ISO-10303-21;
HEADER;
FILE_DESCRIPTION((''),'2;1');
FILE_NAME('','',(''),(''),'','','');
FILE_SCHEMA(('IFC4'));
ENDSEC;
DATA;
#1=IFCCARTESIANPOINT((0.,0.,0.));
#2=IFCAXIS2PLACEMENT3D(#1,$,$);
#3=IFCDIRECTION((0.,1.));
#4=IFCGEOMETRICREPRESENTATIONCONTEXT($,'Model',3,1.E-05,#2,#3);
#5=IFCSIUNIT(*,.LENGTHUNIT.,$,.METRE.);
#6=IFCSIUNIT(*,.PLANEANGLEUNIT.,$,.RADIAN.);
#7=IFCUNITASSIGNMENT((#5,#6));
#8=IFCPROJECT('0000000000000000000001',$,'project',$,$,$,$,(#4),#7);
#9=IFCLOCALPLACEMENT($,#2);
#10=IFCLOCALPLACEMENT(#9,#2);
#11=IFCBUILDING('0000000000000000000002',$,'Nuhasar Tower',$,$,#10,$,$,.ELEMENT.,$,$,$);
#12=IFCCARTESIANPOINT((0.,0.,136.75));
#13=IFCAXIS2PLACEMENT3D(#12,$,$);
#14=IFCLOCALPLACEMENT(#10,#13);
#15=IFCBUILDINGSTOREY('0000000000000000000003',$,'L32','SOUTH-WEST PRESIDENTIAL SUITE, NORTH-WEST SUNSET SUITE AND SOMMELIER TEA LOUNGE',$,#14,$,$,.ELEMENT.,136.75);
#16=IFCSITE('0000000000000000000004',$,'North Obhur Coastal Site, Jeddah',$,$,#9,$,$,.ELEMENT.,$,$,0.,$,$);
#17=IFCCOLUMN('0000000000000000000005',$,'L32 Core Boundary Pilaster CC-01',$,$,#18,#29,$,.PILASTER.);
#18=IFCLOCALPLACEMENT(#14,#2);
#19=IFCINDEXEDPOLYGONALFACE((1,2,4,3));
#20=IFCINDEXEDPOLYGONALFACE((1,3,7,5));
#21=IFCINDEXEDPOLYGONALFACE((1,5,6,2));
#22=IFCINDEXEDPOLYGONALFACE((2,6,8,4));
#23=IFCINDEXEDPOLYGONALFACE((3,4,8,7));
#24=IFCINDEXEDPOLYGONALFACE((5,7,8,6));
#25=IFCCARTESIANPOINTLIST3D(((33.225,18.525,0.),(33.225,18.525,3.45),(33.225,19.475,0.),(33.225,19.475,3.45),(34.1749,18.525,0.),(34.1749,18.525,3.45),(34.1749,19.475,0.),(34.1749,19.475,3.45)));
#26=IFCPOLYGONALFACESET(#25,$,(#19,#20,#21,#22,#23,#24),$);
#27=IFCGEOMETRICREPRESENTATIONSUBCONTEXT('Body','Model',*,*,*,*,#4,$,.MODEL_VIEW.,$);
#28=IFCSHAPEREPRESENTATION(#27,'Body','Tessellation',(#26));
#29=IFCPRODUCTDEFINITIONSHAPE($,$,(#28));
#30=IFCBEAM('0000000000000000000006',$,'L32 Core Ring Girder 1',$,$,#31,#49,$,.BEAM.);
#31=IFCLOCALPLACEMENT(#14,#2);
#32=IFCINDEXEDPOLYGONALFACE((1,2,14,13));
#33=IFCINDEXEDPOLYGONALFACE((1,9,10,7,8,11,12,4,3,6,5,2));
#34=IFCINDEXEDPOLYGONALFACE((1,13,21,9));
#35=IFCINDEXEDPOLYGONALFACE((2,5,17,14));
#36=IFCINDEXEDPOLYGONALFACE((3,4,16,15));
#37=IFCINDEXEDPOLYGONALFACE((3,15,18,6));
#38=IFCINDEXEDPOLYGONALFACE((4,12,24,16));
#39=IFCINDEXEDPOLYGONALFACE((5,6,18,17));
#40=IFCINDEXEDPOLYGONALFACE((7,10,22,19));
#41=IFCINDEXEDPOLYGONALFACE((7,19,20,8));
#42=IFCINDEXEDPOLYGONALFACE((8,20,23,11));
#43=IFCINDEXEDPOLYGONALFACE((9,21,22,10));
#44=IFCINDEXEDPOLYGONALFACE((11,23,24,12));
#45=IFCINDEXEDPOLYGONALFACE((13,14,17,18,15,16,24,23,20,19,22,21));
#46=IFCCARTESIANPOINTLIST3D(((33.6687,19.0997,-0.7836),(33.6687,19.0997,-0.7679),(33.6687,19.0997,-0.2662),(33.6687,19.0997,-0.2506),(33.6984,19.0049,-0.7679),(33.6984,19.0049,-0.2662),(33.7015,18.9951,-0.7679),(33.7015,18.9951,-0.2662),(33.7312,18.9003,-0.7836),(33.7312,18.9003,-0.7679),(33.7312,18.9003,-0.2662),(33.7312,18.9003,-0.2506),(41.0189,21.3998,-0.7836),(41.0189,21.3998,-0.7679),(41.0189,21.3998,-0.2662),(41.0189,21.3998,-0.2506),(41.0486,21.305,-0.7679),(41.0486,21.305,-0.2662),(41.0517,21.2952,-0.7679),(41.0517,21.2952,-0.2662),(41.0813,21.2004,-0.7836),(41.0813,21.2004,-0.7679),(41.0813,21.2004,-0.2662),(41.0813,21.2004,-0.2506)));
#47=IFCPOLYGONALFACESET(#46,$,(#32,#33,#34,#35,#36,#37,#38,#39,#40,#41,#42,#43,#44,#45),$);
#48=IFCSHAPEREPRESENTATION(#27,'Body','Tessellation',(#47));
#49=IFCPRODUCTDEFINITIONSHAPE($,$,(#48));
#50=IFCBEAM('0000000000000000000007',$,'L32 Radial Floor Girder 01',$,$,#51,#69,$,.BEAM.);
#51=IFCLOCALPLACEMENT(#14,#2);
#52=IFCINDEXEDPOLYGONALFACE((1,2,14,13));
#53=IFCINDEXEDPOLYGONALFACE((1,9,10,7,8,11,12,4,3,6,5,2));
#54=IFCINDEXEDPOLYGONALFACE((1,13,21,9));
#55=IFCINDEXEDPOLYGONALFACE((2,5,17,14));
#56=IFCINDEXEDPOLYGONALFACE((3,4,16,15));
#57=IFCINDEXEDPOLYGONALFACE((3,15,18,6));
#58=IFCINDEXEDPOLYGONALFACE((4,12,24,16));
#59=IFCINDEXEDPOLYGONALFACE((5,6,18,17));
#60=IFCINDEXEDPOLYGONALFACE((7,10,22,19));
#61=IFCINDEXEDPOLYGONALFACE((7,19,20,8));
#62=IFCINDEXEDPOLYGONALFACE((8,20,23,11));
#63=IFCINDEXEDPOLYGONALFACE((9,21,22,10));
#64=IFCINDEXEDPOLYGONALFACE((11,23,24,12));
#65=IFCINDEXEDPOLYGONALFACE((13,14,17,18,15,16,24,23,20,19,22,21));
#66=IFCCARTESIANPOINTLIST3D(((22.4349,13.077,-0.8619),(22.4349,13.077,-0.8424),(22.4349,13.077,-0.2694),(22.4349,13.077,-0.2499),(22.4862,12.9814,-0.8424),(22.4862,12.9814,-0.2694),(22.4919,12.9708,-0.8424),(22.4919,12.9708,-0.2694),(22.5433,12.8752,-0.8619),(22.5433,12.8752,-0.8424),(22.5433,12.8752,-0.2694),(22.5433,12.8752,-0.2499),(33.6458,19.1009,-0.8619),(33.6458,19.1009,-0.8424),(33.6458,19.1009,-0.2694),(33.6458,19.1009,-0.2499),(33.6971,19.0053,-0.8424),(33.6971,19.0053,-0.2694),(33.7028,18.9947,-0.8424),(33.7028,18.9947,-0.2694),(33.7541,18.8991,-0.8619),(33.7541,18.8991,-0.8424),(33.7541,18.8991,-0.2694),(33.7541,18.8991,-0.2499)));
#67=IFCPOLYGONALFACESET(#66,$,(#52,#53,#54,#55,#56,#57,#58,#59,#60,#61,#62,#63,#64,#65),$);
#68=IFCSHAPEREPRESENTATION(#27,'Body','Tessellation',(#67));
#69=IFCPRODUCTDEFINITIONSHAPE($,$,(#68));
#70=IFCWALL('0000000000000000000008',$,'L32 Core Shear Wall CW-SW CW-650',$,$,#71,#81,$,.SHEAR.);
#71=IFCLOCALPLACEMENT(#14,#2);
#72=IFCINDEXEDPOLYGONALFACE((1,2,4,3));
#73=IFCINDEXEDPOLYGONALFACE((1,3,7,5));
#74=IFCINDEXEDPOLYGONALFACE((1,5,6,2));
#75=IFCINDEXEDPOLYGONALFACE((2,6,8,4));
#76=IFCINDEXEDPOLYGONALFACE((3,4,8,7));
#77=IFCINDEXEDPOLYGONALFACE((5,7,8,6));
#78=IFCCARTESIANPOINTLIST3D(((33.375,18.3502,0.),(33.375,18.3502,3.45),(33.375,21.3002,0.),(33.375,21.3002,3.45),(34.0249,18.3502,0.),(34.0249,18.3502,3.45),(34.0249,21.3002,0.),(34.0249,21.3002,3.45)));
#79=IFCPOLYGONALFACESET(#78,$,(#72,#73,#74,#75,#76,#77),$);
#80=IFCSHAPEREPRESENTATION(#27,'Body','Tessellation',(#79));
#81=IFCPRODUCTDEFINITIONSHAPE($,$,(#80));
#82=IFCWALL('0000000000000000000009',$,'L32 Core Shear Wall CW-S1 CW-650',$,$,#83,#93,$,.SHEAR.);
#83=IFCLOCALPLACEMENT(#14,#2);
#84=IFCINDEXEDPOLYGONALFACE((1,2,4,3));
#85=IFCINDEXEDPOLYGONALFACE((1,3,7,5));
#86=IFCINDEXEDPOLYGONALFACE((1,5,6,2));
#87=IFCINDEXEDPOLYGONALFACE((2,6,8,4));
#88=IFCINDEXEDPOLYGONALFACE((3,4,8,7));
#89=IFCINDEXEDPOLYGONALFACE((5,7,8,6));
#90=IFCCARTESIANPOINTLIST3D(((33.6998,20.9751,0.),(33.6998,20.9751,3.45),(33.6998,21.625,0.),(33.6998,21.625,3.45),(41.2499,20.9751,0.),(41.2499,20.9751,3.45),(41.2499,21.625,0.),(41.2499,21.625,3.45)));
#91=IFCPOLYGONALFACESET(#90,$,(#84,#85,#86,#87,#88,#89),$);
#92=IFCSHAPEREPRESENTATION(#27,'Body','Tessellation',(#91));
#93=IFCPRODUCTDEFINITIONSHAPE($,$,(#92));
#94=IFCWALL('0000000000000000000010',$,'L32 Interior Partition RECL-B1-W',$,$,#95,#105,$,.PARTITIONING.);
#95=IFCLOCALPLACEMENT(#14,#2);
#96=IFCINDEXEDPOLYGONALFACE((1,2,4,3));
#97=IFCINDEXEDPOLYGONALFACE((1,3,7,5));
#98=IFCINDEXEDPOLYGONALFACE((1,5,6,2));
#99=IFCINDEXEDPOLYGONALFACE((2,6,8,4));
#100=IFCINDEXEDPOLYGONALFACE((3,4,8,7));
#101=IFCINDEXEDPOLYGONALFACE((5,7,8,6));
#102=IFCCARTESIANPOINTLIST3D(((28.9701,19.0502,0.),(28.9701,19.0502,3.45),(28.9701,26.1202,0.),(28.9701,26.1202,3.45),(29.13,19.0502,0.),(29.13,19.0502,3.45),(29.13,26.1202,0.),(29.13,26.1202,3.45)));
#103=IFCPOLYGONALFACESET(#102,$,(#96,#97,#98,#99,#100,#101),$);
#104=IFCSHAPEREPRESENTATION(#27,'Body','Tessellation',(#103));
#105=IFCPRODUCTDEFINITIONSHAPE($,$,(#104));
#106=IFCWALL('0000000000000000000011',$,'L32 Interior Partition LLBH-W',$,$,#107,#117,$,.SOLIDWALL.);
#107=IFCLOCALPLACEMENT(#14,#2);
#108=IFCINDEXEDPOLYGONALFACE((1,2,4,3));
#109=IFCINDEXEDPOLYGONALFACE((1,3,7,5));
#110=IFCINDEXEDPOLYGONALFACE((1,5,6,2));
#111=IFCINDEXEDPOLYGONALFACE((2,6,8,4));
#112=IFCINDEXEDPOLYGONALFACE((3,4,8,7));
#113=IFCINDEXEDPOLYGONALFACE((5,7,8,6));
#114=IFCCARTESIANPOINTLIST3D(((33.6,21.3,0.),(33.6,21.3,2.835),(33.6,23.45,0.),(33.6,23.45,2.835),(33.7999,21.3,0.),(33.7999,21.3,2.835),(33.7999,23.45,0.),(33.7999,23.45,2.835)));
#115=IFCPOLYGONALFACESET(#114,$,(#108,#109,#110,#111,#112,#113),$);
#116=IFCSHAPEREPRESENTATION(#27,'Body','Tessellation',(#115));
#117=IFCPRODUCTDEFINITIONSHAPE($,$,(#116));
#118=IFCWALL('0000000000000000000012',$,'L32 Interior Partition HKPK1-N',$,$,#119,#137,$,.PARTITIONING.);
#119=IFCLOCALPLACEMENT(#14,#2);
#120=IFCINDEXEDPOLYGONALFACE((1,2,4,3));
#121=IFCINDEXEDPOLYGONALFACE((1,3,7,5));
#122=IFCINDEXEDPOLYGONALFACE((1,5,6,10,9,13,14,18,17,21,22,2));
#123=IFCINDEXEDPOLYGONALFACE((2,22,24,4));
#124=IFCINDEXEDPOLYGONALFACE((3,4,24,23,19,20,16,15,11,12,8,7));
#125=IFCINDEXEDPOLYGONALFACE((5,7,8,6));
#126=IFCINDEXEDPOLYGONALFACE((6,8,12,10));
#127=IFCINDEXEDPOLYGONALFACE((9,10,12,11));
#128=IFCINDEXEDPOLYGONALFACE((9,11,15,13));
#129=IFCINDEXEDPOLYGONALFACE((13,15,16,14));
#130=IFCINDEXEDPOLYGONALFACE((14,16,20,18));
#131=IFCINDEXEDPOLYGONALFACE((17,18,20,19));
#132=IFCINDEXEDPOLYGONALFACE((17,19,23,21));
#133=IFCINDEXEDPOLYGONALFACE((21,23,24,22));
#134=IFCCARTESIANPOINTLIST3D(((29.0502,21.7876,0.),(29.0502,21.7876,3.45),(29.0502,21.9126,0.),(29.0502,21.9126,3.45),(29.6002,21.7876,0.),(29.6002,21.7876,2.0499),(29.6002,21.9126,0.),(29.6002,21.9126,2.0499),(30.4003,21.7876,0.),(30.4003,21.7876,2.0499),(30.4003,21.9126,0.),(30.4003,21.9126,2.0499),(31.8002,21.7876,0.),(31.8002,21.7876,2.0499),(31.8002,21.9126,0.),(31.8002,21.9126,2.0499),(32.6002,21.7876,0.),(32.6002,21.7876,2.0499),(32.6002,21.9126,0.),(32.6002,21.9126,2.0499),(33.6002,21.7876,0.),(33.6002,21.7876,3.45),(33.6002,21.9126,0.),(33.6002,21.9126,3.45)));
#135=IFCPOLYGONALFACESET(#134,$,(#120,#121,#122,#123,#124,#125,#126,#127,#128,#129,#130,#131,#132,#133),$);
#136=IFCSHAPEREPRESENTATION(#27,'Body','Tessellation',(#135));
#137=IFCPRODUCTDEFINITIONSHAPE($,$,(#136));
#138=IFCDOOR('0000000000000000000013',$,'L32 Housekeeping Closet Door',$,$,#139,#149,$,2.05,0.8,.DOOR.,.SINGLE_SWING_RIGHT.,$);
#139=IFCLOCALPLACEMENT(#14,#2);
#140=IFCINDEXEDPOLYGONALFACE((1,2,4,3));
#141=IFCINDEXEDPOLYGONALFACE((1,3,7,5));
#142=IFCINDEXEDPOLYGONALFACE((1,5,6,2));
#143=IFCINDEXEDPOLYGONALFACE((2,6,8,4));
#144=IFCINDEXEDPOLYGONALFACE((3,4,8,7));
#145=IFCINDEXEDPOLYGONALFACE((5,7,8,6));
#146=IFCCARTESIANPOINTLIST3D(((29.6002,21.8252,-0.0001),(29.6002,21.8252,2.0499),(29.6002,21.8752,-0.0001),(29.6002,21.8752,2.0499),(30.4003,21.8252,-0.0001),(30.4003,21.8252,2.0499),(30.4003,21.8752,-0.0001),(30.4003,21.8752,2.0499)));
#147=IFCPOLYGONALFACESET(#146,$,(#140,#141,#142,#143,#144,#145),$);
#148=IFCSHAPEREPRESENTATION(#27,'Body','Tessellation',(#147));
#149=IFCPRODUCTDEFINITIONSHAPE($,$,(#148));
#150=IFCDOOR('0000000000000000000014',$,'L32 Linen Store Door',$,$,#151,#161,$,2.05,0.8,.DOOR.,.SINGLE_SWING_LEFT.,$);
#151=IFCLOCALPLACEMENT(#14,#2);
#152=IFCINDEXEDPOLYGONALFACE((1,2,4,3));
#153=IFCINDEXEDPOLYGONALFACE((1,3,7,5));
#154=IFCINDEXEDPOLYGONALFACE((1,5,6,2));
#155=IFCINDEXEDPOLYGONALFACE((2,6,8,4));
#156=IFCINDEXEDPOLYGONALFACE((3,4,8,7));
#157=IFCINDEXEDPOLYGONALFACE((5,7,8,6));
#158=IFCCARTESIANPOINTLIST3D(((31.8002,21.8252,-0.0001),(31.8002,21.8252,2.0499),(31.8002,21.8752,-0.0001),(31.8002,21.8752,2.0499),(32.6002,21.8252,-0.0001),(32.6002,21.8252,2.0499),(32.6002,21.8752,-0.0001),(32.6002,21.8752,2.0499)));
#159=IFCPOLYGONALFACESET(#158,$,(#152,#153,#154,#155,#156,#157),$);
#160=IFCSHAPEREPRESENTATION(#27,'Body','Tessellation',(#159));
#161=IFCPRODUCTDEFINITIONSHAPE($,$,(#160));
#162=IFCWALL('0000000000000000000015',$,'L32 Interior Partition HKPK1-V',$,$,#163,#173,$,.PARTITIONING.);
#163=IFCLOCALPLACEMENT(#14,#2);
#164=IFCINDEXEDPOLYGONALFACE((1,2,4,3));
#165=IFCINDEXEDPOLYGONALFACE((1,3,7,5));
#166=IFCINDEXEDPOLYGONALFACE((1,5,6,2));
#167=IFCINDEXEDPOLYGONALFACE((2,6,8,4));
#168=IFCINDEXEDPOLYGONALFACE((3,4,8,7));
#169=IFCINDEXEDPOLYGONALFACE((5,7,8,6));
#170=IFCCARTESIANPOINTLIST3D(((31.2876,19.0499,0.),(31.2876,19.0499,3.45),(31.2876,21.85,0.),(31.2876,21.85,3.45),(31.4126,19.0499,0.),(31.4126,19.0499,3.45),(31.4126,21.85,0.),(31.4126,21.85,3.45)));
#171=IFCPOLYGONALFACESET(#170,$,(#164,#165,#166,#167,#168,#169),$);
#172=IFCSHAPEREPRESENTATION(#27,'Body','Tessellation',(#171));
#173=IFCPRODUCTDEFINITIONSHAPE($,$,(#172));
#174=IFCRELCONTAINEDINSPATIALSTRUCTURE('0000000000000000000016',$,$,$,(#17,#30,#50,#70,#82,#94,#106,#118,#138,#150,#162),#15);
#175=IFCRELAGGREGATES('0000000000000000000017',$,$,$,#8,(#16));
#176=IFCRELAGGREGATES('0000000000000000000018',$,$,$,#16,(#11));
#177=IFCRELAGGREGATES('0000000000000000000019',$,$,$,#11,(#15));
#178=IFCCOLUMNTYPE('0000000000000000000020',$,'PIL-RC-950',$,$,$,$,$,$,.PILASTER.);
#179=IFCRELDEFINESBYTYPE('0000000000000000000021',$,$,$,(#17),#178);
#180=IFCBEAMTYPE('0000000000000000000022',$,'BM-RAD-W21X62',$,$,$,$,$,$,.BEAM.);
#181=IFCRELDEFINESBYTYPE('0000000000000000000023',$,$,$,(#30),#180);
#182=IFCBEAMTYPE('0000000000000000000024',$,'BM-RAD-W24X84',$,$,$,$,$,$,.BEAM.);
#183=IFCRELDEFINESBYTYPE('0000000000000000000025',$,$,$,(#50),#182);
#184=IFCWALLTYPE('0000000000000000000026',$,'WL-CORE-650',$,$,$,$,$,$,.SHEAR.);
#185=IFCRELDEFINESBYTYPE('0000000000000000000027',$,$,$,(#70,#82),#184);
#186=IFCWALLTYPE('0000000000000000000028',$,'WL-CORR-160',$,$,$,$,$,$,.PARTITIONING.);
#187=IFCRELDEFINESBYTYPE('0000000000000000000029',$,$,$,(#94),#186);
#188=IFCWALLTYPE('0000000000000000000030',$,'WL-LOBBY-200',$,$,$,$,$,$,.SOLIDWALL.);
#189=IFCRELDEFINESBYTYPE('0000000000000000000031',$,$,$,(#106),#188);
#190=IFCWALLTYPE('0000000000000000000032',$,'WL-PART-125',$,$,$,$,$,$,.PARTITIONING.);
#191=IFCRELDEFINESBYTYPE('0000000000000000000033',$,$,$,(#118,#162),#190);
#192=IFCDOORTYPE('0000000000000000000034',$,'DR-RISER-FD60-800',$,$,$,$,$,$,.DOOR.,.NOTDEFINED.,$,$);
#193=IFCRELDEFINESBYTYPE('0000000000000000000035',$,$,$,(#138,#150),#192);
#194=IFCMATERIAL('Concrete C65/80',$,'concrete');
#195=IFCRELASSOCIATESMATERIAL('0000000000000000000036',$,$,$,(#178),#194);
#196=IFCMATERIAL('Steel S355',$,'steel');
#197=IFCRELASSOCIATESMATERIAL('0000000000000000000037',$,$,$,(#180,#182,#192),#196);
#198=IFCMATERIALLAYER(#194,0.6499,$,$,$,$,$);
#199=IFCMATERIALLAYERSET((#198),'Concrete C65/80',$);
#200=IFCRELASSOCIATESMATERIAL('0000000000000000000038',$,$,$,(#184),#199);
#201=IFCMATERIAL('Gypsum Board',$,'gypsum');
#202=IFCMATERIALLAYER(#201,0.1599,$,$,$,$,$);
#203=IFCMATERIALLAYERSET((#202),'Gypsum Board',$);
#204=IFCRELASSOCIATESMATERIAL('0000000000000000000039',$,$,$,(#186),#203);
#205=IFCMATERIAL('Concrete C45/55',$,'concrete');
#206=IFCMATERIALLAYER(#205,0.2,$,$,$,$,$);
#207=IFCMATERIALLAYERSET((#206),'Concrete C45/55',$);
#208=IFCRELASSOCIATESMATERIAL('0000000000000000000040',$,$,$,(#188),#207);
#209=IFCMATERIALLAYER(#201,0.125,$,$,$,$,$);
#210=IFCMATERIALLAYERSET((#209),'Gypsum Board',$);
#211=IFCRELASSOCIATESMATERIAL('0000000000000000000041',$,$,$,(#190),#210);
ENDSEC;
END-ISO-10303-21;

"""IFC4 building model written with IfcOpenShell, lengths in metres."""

from ifc_helpers import new_model, si_unit, direction, frame, frame_2d, origin, origin_2d, place, context, subcontext, project, spatial, rectangle, i_section, extrude, material, layer, layer_set, material_profile, profile_set, type_object, element, fill, save


model = new_model("IFC4")

# Units and contexts
model_context = context("Model", 3, precision=1e-05, world=origin(), true_north=direction((0.0, 1.0)))
body_context = subcontext(model_context, "Body", "Model", "MODEL_VIEW")
ifc_project = project(units=[si_unit("LENGTHUNIT", "METRE"), si_unit("PLANEANGLEUNIT", "RADIAN")], contexts=[model_context])

# Site, building, storey
site_placement = place(None, origin())
site = spatial("IfcSite", under=ifc_project, at=site_placement, Name="North Obhur Coastal Site, Jeddah", CompositionType="ELEMENT", RefElevation=0.0)
building_placement = place(site_placement, origin())
building = spatial("IfcBuilding", under=site, at=building_placement, Name="Nuhasar Tower", CompositionType="ELEMENT")
storey_placement = place(building_placement, frame((0.0, 0.0, 136.75)))
storey = spatial("IfcBuildingStorey", under=building, at=storey_placement, Name="L32", Description="SOUTH-WEST PRESIDENTIAL SUITE, NORTH-WEST SUNSET SUITE AND SOMMELIER TEA LOUNGE", CompositionType="ELEMENT", Elevation=136.75)

# Column
ifc_material_1 = material(Name="Concrete C65/80", Category="concrete")
ifc_material_profile_1 = material_profile(ifc_material_1, rectangle(XDim=0.95, YDim=0.95, at=origin_2d()), Name="RC950X950")
ifc_profile_set_1 = profile_set([ifc_material_profile_1], Name="Concrete C65/80")
column_type = type_object("IfcColumnType", Name="PIL-RC-950", PredefinedType="PILASTER", material=ifc_profile_set_1)
column_placement = place(storey_placement, frame((33.7, 19.0, 0.0), z_axis=(0.0, 0.0, 1.0), x_axis=(1.0, 0.0, 0.0)))
element("IfcColumn", 1, at=column_placement, inside=storey, type_object=column_type, Name="L32 Core Boundary Pilaster CC-01", PredefinedType="PILASTER", context=body_context, shape_type="SweptSolid", body=[
    extrude(rectangle(XDim=0.95, YDim=0.95, at=origin_2d()), origin(), (0.0, 0.0, 1.0), 3.45),
])

# Beams
ifc_material_2 = material(Name="Steel S355", Category="steel")
ifc_material_profile_2 = material_profile(ifc_material_2, i_section(OverallWidth=0.209, OverallDepth=0.533, WebThickness=0.0103, FlangeThickness=0.0156, at=origin_2d()), Name="W21X62")
ifc_profile_set_2 = profile_set([ifc_material_profile_2], Name="Steel S355")
beam_type_1 = type_object("IfcBeamType", Name="BM-RAD-W21X62", PredefinedType="BEAM", material=ifc_profile_set_2)
beam_1_placement = place(storey_placement, frame((33.7, 19.0, -0.5171), z_axis=(0.954364, 0.298647, 0.0), x_axis=(-0.298647, 0.954364, 0.0)))
element("IfcBeam", 2, at=beam_1_placement, inside=storey, type_object=beam_type_1, Name="L32 Core Ring Girder 1", PredefinedType="BEAM", context=body_context, shape_type="SweptSolid", body=[
    extrude(i_section(OverallWidth=0.209, OverallDepth=0.533, WebThickness=0.0103, FlangeThickness=0.0156, at=origin_2d()), origin(), (0.0, 0.0, 1.0), 7.7017),
])
ifc_material_profile_3 = material_profile(ifc_material_2, i_section(OverallWidth=0.229, OverallDepth=0.6121, WebThickness=0.012, FlangeThickness=0.0195, at=origin_2d()), Name="W24X84")
ifc_profile_set_3 = profile_set([ifc_material_profile_3], Name="Steel S355")
beam_type_2 = type_object("IfcBeamType", Name="BM-RAD-W24X84", PredefinedType="BEAM", material=ifc_profile_set_3)
beam_2_placement = place(storey_placement, frame((33.7, 19.0, -0.5559), z_axis=(-0.880888, -0.473324, 0.0), x_axis=(0.473324, -0.880888, 0.0)))
element("IfcBeam", 3, at=beam_2_placement, inside=storey, type_object=beam_type_2, Name="L32 Radial Floor Girder 01", PredefinedType="BEAM", context=body_context, shape_type="SweptSolid", body=[
    extrude(i_section(OverallWidth=0.229, OverallDepth=0.6121, WebThickness=0.012, FlangeThickness=0.0195, at=origin_2d()), origin(), (0.0, 0.0, 1.0), 12.7268),
])

# Walls
ifc_layer_1 = layer(ifc_material_1, 0.6499)
ifc_layer_set_1 = layer_set([ifc_layer_1], Name="Concrete C65/80")
wall_type_1 = type_object("IfcWallType", Name="WL-CORE-650", PredefinedType="SHEAR", material=ifc_layer_set_1)
wall_1_placement = place(storey_placement, frame((33.7, 18.3501, 0.0), z_axis=(0.0, 0.0, 1.0), x_axis=(0.0, 1.0, 0.0)))
element("IfcWall", 4, at=wall_1_placement, inside=storey, type_object=wall_type_1, Name="L32 Core Shear Wall CW-SW CW-650", PredefinedType="SHEAR", context=body_context, shape_type="SweptSolid", body=[
    extrude(rectangle(XDim=2.95, YDim=0.6499, at=frame_2d((1.4751, 0.0))), origin(), (0.0, 0.0, 1.0), 3.45),
])
wall_2_placement = place(storey_placement, frame((33.7, 21.3, 0.0), z_axis=(0.0, 0.0, 1.0), x_axis=(1.0, 0.0, 0.0)))
element("IfcWall", 5, at=wall_2_placement, inside=storey, type_object=wall_type_1, Name="L32 Core Shear Wall CW-S1 CW-650", PredefinedType="SHEAR", context=body_context, shape_type="SweptSolid", body=[
    extrude(rectangle(XDim=7.55, YDim=0.6499, at=frame_2d((3.7749, 0.0))), origin(), (0.0, 0.0, 1.0), 3.45),
])
ifc_material_3 = material(Name="Gypsum Board", Category="gypsum")
ifc_layer_2 = layer(ifc_material_3, 0.1599)
ifc_layer_set_2 = layer_set([ifc_layer_2], Name="Gypsum Board")
wall_type_2 = type_object("IfcWallType", Name="WL-CORR-160", PredefinedType="PARTITIONING", material=ifc_layer_set_2)
wall_3_placement = place(storey_placement, frame((29.05, 19.05, 0.0), z_axis=(0.0, 0.0, 1.0), x_axis=(0.0, 1.0, 0.0)))
element("IfcWall", 6, at=wall_3_placement, inside=storey, type_object=wall_type_2, Name="L32 Interior Partition RECL-B1-W", PredefinedType="PARTITIONING", context=body_context, shape_type="SweptSolid", body=[
    extrude(rectangle(XDim=7.0701, YDim=0.1599, at=frame_2d((3.5352, 0.0))), origin(), (0.0, 0.0, 1.0), 3.45),
])

# Wall
ifc_material_4 = material(Name="Concrete C45/55", Category="concrete")
ifc_layer_3 = layer(ifc_material_4, 0.2)
ifc_layer_set_3 = layer_set([ifc_layer_3], Name="Concrete C45/55")
wall_type_3 = type_object("IfcWallType", Name="WL-LOBBY-200", PredefinedType="SOLIDWALL", material=ifc_layer_set_3)
wall_4_placement = place(storey_placement, frame((33.7, 21.3, 0.0), z_axis=(0.0, 0.0, 1.0), x_axis=(0.0, 1.0, 0.0)))
element("IfcWall", 7, at=wall_4_placement, inside=storey, type_object=wall_type_3, Name="L32 Interior Partition LLBH-W", PredefinedType="SOLIDWALL", context=body_context, shape_type="SweptSolid", body=[
    extrude(rectangle(XDim=2.1499, YDim=0.2, at=frame_2d((1.075, 0.0))), origin(), (0.0, 0.0, 1.0), 2.835),
])

# Wall, openings, doors
ifc_layer_4 = layer(ifc_material_3, 0.125)
ifc_layer_set_4 = layer_set([ifc_layer_4], Name="Gypsum Board")
wall_type_4 = type_object("IfcWallType", Name="WL-PART-125", PredefinedType="PARTITIONING", material=ifc_layer_set_4)
wall_5_placement = place(storey_placement, frame((33.6001, 21.8501, 0.0), z_axis=(0.0, 0.0, 1.0), x_axis=(-1.0, 0.0, 0.0)))
wall_5 = element("IfcWall", 8, at=wall_5_placement, inside=storey, type_object=wall_type_4, Name="L32 Interior Partition HKPK1-N", PredefinedType="PARTITIONING", context=body_context, shape_type="SweptSolid", body=[
    extrude(rectangle(XDim=4.55, YDim=0.125, at=frame_2d((2.2749, 0.0))), origin(), (0.0, 0.0, 1.0), 3.45),
])
opening_1_placement = place(wall_5_placement, frame((3.2, 0.0, 0.0)))
opening_1 = element("IfcOpeningElement", 9, at=opening_1_placement, cuts=wall_5, PredefinedType="OPENING", context=body_context, shape_type="SweptSolid", body=[
    extrude(rectangle(XDim=0.8, YDim=2.05, at=frame_2d((0.3999, 1.0249))), frame((0.0, 0.0725, 0.0), z_axis=(0.0, -1.0, 0.0), x_axis=(1.0, 0.0, 0.0)), (0.0, 0.0, 1.0), 0.145),
])
opening_2_placement = place(wall_5_placement, frame((1.0, 0.0, 0.0)))
opening_2 = element("IfcOpeningElement", 10, at=opening_2_placement, cuts=wall_5, PredefinedType="OPENING", context=body_context, shape_type="SweptSolid", body=[
    extrude(rectangle(XDim=0.8, YDim=2.05, at=frame_2d((0.3999, 1.0249))), frame((0.0, 0.0725, 0.0), z_axis=(0.0, -1.0, 0.0), x_axis=(1.0, 0.0, 0.0)), (0.0, 0.0, 1.0), 0.145),
])
door_type_1 = type_object("IfcDoorType", Name="DR-RISER-FD60-800", OperationType="NOTDEFINED", PredefinedType="DOOR", material=ifc_material_2)
door_1_placement = place(opening_1_placement, origin())
door_1 = element("IfcDoor", 11, at=door_1_placement, inside=storey, type_object=door_type_1, Name="L32 Housekeeping Closet Door", OperationType="SINGLE_SWING_RIGHT", OverallHeight=2.05, OverallWidth=0.8, PredefinedType="DOOR", context=body_context, shape_type="SweptSolid", body=[
    extrude(rectangle(XDim=0.8, YDim=2.05, at=frame_2d((0.3999, 1.0249))), frame((0.0, 0.0249, 0.0), z_axis=(0.0, -1.0, 0.0), x_axis=(1.0, 0.0, 0.0)), (0.0, 0.0, 1.0), 0.05),
])
fill(opening_1, door_1)
door_2_placement = place(opening_2_placement, origin())
door_2 = element("IfcDoor", 12, at=door_2_placement, inside=storey, type_object=door_type_1, Name="L32 Linen Store Door", OperationType="SINGLE_SWING_LEFT", OverallHeight=2.05, OverallWidth=0.8, PredefinedType="DOOR", context=body_context, shape_type="SweptSolid", body=[
    extrude(rectangle(XDim=0.8, YDim=2.05, at=frame_2d((0.3999, 1.0249))), frame((0.0, 0.0249, 0.0), z_axis=(0.0, -1.0, 0.0), x_axis=(1.0, 0.0, 0.0)), (0.0, 0.0, 1.0), 0.05),
])
fill(opening_2, door_2)

# Wall
wall_6_placement = place(storey_placement, frame((31.3501, 19.05, 0.0), z_axis=(0.0, 0.0, 1.0), x_axis=(0.0, 1.0, 0.0)))
element("IfcWall", 13, at=wall_6_placement, inside=storey, type_object=wall_type_4, Name="L32 Interior Partition HKPK1-V", PredefinedType="PARTITIONING", context=body_context, shape_type="SweptSolid", body=[
    extrude(rectangle(XDim=2.8, YDim=0.125, at=frame_2d((1.3999, 0.0))), origin(), (0.0, 0.0, 1.0), 3.45),
])

save(model, "model.ifc")
